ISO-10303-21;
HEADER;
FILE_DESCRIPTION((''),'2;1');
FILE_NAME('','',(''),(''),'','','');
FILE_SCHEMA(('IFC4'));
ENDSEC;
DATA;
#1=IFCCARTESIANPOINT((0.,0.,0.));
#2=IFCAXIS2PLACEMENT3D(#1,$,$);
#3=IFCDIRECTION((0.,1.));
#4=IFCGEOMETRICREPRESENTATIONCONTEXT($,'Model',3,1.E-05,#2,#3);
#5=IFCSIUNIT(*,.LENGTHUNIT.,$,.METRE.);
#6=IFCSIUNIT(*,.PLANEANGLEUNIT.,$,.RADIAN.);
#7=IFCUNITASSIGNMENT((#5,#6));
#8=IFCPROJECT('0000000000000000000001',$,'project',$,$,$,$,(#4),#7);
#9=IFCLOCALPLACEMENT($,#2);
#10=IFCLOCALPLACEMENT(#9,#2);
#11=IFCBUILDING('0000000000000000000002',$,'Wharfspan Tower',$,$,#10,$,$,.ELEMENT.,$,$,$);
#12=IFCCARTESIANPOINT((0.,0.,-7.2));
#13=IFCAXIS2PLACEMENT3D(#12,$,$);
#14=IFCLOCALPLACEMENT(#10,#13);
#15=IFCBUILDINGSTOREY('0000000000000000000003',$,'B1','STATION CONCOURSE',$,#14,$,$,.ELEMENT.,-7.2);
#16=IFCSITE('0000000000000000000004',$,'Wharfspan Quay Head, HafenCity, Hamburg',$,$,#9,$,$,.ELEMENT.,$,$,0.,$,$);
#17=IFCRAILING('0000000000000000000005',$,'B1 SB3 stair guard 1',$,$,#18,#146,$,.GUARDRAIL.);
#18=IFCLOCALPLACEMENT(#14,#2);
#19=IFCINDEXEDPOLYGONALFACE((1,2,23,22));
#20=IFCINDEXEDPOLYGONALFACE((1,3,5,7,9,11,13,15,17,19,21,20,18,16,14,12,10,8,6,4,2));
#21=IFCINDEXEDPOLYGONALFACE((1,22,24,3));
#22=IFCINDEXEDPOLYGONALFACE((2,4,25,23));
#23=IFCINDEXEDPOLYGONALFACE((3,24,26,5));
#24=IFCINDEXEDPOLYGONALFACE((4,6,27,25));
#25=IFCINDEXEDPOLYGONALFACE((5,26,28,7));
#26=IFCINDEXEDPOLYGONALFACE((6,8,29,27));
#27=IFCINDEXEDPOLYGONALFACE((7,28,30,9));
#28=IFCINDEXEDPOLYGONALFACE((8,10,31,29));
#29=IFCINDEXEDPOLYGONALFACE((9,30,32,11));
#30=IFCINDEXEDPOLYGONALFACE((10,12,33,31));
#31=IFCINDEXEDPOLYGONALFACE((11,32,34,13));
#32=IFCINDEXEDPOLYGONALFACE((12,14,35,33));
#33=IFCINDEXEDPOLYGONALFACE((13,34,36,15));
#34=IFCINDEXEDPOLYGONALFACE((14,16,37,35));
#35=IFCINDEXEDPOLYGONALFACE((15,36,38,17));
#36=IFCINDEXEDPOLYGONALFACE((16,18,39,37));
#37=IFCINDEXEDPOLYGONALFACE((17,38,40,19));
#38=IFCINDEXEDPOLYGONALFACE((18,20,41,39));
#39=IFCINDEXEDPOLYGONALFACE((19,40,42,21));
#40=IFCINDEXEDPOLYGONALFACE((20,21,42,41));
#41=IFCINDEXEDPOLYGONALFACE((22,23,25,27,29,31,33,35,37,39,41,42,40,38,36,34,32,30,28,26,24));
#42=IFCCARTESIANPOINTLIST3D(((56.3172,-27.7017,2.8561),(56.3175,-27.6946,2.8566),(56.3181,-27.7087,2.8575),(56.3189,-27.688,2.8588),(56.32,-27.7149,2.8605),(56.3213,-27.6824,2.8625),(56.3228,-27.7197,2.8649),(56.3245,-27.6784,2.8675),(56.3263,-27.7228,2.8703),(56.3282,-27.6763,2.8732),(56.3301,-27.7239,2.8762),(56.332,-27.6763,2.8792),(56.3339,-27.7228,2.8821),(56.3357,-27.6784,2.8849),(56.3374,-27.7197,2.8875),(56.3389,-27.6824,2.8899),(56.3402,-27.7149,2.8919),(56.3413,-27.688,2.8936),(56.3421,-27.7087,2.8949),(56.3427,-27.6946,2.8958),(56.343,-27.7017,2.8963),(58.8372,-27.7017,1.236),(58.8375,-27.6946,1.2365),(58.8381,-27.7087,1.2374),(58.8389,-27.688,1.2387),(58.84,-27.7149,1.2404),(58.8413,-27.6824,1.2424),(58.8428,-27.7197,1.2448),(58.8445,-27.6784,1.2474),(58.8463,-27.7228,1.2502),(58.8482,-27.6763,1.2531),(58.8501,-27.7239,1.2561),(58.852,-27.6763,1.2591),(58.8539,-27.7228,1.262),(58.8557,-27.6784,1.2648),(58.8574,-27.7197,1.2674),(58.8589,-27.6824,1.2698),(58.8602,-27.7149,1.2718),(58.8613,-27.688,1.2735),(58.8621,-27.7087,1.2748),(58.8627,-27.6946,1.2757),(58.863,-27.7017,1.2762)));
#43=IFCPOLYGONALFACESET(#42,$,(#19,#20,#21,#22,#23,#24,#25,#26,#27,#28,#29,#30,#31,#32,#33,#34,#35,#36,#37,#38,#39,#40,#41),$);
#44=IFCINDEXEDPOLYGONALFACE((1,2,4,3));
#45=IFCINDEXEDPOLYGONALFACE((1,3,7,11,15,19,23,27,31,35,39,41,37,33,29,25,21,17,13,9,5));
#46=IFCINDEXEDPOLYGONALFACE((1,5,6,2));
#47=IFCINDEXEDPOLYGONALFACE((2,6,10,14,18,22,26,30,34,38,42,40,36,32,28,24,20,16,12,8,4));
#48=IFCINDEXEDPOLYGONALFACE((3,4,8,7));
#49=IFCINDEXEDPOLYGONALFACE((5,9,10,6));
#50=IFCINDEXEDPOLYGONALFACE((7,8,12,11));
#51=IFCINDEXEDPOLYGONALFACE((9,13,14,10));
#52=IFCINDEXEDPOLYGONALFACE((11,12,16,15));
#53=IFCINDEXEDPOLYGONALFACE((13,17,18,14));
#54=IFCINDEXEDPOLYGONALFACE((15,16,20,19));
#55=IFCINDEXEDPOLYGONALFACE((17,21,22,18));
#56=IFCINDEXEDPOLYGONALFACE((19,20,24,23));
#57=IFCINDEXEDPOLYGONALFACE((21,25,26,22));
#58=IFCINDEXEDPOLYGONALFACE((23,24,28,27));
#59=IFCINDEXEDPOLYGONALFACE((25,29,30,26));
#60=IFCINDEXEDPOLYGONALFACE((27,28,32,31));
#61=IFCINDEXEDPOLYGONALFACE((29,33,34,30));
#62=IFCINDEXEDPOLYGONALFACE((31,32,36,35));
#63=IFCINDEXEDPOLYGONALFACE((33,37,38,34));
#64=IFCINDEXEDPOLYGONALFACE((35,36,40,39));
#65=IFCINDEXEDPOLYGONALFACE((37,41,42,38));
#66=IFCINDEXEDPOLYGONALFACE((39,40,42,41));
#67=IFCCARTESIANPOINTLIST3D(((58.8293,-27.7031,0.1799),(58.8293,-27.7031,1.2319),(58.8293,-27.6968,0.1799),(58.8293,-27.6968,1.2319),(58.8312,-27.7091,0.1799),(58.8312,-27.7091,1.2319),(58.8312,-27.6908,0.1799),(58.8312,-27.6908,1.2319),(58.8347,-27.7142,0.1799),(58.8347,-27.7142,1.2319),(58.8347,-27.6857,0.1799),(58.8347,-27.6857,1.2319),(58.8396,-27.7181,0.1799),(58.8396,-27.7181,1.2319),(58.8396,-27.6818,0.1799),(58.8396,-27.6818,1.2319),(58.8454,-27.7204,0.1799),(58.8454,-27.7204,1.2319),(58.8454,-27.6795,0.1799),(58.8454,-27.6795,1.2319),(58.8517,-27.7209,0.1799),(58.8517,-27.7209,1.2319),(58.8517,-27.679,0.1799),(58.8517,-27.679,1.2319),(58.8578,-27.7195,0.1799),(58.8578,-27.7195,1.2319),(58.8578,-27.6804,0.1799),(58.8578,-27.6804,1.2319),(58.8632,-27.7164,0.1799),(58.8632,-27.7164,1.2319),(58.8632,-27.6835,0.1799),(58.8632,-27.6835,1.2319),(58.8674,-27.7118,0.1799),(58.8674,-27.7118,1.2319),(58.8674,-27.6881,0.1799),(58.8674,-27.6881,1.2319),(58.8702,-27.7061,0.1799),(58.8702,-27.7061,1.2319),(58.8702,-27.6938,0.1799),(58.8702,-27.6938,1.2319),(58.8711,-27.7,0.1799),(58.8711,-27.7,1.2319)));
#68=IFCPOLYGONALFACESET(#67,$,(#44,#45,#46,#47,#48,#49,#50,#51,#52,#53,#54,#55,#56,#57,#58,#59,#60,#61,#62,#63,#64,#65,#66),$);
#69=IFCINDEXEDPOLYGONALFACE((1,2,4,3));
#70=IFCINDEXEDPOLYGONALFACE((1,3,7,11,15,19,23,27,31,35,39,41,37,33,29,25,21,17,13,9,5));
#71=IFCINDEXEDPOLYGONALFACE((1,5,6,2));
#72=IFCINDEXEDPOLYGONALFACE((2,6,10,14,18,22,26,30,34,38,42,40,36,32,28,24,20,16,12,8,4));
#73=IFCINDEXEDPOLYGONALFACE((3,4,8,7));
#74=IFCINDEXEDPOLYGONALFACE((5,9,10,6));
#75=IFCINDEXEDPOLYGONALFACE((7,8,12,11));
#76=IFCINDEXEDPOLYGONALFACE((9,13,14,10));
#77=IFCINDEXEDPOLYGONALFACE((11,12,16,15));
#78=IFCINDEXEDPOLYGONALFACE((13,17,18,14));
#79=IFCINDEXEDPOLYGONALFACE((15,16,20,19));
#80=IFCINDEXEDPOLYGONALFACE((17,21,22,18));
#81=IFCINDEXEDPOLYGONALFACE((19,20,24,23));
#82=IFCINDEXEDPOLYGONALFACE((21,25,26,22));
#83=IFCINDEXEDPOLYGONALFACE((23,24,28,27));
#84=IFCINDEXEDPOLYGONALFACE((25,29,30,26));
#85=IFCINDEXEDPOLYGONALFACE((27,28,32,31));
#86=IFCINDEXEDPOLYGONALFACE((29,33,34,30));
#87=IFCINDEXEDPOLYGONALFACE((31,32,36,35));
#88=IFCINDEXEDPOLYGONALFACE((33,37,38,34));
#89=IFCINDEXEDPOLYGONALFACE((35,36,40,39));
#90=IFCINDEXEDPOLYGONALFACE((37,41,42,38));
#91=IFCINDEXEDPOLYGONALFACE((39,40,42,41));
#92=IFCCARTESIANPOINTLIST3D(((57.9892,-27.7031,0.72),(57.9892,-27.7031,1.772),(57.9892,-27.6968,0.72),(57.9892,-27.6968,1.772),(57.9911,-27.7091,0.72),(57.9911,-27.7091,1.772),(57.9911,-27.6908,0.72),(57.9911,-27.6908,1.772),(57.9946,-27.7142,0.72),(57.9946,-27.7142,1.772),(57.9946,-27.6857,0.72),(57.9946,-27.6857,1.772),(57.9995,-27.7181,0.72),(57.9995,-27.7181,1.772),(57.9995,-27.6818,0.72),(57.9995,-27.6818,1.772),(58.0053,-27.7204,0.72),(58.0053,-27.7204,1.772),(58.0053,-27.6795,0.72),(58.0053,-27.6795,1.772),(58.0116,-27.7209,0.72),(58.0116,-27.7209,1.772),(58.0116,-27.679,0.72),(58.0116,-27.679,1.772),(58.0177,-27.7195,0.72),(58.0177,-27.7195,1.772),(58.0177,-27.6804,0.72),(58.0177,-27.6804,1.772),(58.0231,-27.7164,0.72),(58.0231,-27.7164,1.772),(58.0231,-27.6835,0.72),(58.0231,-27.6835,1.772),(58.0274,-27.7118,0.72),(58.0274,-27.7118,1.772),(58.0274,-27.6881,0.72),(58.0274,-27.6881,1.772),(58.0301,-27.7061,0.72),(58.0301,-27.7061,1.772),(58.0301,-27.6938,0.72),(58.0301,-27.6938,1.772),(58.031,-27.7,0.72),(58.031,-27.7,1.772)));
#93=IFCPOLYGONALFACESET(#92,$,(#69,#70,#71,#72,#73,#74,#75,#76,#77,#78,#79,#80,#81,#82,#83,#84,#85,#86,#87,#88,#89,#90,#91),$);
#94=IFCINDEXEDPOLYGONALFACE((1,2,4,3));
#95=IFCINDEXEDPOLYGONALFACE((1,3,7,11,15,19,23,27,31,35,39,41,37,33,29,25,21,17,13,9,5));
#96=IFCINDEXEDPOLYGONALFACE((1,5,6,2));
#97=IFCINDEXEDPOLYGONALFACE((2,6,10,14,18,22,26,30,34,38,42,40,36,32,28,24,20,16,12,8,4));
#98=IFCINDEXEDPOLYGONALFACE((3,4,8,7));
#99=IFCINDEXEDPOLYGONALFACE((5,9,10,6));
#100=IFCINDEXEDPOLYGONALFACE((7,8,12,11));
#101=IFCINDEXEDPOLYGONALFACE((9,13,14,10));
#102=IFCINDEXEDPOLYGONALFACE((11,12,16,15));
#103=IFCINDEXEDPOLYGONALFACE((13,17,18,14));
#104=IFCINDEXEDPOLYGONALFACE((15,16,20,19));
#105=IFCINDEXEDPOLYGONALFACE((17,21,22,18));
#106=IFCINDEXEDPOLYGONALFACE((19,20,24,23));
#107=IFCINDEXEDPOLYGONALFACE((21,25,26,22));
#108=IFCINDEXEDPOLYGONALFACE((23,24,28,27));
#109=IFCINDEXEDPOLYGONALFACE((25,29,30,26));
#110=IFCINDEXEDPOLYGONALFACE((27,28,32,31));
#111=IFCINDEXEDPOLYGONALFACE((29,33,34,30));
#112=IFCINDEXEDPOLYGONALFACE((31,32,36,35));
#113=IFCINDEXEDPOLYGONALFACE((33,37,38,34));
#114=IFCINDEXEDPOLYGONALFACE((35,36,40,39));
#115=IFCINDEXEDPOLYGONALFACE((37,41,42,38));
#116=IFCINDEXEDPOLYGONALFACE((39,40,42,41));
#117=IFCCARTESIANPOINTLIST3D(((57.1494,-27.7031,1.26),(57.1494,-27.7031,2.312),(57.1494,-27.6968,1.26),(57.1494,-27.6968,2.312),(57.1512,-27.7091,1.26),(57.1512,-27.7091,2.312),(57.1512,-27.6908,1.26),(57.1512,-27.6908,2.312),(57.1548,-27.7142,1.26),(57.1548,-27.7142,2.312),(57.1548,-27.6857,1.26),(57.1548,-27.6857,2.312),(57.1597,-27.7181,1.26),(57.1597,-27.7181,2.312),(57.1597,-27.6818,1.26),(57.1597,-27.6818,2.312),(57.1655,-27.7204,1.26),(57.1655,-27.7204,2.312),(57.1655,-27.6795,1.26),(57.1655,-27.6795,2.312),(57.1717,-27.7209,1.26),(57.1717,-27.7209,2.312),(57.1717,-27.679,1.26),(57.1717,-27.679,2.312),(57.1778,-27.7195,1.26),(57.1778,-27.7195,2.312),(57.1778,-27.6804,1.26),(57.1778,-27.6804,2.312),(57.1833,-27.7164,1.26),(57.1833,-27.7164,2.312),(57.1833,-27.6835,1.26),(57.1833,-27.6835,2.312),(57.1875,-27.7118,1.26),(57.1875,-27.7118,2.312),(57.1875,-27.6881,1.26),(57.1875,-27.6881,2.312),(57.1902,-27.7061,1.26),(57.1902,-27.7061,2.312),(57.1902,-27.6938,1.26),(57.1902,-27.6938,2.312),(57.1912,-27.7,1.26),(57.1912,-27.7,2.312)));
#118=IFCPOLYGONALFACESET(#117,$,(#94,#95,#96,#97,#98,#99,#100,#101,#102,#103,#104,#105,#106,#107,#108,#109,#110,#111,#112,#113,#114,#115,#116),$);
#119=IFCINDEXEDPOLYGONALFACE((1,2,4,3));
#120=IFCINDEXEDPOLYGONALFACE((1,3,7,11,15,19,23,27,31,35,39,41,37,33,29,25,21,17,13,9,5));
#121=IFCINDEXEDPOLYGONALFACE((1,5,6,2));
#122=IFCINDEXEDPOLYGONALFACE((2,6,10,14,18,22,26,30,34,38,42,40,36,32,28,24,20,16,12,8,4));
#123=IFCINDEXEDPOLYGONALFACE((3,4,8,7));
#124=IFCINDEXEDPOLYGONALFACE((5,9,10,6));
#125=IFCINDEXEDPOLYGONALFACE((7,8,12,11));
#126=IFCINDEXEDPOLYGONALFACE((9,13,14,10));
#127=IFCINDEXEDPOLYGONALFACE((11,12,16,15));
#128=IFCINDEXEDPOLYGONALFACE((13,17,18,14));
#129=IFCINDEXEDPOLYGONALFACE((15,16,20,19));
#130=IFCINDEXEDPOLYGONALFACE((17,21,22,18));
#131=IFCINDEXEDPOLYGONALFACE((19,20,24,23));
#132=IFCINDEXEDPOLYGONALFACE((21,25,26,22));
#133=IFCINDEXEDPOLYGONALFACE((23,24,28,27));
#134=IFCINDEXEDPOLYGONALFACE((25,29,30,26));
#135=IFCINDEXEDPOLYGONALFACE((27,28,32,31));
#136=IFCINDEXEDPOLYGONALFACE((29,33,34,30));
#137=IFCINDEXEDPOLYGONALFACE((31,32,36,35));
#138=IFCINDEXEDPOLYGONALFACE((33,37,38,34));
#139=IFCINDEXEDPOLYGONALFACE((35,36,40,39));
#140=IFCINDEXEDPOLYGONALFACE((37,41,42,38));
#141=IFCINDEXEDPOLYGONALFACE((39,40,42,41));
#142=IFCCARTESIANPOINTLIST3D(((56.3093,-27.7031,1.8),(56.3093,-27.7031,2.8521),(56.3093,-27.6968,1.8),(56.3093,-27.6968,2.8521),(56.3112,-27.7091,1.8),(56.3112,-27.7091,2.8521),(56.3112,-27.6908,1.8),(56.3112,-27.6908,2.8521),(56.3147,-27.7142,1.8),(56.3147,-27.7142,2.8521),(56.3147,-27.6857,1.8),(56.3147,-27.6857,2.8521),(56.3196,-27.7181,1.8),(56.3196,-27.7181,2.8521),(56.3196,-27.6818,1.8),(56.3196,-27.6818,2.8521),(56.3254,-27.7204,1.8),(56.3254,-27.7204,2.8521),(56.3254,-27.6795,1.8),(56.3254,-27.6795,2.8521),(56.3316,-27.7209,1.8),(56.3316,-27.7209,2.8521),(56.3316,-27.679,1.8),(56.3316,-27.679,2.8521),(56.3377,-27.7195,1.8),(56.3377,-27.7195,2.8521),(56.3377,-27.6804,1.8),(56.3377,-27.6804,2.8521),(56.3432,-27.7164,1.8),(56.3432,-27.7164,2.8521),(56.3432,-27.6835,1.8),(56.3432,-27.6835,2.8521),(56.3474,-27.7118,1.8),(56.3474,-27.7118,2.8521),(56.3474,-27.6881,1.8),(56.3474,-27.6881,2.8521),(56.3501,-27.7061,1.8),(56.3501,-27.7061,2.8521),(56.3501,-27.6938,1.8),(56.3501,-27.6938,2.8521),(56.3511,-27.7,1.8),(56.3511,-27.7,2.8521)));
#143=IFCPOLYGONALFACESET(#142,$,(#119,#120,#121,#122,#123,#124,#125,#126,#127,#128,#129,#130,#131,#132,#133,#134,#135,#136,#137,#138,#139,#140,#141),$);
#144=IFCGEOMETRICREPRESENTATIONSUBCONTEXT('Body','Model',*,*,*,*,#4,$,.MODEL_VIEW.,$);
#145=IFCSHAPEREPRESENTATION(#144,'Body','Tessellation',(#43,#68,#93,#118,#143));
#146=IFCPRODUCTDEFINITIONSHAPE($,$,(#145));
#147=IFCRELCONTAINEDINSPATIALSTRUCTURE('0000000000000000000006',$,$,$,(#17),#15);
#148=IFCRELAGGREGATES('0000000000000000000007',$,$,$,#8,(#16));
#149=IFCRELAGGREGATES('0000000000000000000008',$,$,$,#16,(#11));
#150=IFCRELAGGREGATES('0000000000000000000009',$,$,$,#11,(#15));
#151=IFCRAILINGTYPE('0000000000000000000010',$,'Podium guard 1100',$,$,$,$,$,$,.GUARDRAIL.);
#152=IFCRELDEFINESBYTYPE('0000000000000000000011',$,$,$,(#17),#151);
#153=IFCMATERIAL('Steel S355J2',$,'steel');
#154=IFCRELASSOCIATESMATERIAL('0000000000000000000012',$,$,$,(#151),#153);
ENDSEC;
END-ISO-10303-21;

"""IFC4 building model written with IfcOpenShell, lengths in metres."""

from ifc_helpers import new_model, si_unit, direction, frame, origin, origin_2d, place, context, subcontext, project, spatial, circle, extrude, material, type_object, element, save


model = new_model("IFC4")

# Units and contexts
model_context = context("Model", 3, precision=1e-05, world=origin(), true_north=direction((0.0, 1.0)))
body_context = subcontext(model_context, "Body", "Model", "MODEL_VIEW")
ifc_project = project(units=[si_unit("LENGTHUNIT", "METRE"), si_unit("PLANEANGLEUNIT", "RADIAN")], contexts=[model_context])

# Site, building, storey
site_placement = place(None, origin())
site = spatial("IfcSite", under=ifc_project, at=site_placement, Name="Wharfspan Quay Head, HafenCity, Hamburg", CompositionType="ELEMENT", RefElevation=0.0)
building_placement = place(site_placement, origin())
building = spatial("IfcBuilding", under=site, at=building_placement, Name="Wharfspan Tower", CompositionType="ELEMENT")
storey_placement = place(building_placement, frame((0.0, 0.0, -7.2)))
storey = spatial("IfcBuildingStorey", under=building, at=storey_placement, Name="B1", Description="STATION CONCOURSE", CompositionType="ELEMENT", Elevation=-7.2)

# Railing
ifc_material_1 = material(Name="Steel S355J2", Category="steel")
railing_type_1 = type_object("IfcRailingType", Name="Podium guard 1100", PredefinedType="GUARDRAIL", material=ifc_material_1)
railing_1_placement = place(storey_placement, frame((58.8501, -27.7, 0.1799)))
element("IfcRailing", 1, at=railing_1_placement, inside=storey, type_object=railing_type_1, Name="B1 SB3 stair guard 1", PredefinedType="GUARDRAIL", context=body_context, shape_type="SweptSolid", body=[
    extrude(circle(Radius=0.0239, at=origin_2d()), frame((0.0, 0.0, 1.0762), z_axis=(-0.841163, 0.0, 0.540782), x_axis=(0.0, -1.0, 0.0)), (0.0, 0.0, 1.0), 2.9958),
    extrude(circle(Radius=0.021, at=origin_2d()), origin(), (0.0, 0.0, 1.0), 1.052),
    extrude(circle(Radius=0.021, at=origin_2d()), frame((-0.8401, 0.0, 0.54)), (0.0, 0.0, 1.0), 1.052),
    extrude(circle(Radius=0.021, at=origin_2d()), frame((-1.6799, 0.0, 1.0801)), (0.0, 0.0, 1.0), 1.052),
    extrude(circle(Radius=0.021, at=origin_2d()), frame((-2.52, 0.0, 1.6201)), (0.0, 0.0, 1.0), 1.052),
])

save(model, "model.ifc")
